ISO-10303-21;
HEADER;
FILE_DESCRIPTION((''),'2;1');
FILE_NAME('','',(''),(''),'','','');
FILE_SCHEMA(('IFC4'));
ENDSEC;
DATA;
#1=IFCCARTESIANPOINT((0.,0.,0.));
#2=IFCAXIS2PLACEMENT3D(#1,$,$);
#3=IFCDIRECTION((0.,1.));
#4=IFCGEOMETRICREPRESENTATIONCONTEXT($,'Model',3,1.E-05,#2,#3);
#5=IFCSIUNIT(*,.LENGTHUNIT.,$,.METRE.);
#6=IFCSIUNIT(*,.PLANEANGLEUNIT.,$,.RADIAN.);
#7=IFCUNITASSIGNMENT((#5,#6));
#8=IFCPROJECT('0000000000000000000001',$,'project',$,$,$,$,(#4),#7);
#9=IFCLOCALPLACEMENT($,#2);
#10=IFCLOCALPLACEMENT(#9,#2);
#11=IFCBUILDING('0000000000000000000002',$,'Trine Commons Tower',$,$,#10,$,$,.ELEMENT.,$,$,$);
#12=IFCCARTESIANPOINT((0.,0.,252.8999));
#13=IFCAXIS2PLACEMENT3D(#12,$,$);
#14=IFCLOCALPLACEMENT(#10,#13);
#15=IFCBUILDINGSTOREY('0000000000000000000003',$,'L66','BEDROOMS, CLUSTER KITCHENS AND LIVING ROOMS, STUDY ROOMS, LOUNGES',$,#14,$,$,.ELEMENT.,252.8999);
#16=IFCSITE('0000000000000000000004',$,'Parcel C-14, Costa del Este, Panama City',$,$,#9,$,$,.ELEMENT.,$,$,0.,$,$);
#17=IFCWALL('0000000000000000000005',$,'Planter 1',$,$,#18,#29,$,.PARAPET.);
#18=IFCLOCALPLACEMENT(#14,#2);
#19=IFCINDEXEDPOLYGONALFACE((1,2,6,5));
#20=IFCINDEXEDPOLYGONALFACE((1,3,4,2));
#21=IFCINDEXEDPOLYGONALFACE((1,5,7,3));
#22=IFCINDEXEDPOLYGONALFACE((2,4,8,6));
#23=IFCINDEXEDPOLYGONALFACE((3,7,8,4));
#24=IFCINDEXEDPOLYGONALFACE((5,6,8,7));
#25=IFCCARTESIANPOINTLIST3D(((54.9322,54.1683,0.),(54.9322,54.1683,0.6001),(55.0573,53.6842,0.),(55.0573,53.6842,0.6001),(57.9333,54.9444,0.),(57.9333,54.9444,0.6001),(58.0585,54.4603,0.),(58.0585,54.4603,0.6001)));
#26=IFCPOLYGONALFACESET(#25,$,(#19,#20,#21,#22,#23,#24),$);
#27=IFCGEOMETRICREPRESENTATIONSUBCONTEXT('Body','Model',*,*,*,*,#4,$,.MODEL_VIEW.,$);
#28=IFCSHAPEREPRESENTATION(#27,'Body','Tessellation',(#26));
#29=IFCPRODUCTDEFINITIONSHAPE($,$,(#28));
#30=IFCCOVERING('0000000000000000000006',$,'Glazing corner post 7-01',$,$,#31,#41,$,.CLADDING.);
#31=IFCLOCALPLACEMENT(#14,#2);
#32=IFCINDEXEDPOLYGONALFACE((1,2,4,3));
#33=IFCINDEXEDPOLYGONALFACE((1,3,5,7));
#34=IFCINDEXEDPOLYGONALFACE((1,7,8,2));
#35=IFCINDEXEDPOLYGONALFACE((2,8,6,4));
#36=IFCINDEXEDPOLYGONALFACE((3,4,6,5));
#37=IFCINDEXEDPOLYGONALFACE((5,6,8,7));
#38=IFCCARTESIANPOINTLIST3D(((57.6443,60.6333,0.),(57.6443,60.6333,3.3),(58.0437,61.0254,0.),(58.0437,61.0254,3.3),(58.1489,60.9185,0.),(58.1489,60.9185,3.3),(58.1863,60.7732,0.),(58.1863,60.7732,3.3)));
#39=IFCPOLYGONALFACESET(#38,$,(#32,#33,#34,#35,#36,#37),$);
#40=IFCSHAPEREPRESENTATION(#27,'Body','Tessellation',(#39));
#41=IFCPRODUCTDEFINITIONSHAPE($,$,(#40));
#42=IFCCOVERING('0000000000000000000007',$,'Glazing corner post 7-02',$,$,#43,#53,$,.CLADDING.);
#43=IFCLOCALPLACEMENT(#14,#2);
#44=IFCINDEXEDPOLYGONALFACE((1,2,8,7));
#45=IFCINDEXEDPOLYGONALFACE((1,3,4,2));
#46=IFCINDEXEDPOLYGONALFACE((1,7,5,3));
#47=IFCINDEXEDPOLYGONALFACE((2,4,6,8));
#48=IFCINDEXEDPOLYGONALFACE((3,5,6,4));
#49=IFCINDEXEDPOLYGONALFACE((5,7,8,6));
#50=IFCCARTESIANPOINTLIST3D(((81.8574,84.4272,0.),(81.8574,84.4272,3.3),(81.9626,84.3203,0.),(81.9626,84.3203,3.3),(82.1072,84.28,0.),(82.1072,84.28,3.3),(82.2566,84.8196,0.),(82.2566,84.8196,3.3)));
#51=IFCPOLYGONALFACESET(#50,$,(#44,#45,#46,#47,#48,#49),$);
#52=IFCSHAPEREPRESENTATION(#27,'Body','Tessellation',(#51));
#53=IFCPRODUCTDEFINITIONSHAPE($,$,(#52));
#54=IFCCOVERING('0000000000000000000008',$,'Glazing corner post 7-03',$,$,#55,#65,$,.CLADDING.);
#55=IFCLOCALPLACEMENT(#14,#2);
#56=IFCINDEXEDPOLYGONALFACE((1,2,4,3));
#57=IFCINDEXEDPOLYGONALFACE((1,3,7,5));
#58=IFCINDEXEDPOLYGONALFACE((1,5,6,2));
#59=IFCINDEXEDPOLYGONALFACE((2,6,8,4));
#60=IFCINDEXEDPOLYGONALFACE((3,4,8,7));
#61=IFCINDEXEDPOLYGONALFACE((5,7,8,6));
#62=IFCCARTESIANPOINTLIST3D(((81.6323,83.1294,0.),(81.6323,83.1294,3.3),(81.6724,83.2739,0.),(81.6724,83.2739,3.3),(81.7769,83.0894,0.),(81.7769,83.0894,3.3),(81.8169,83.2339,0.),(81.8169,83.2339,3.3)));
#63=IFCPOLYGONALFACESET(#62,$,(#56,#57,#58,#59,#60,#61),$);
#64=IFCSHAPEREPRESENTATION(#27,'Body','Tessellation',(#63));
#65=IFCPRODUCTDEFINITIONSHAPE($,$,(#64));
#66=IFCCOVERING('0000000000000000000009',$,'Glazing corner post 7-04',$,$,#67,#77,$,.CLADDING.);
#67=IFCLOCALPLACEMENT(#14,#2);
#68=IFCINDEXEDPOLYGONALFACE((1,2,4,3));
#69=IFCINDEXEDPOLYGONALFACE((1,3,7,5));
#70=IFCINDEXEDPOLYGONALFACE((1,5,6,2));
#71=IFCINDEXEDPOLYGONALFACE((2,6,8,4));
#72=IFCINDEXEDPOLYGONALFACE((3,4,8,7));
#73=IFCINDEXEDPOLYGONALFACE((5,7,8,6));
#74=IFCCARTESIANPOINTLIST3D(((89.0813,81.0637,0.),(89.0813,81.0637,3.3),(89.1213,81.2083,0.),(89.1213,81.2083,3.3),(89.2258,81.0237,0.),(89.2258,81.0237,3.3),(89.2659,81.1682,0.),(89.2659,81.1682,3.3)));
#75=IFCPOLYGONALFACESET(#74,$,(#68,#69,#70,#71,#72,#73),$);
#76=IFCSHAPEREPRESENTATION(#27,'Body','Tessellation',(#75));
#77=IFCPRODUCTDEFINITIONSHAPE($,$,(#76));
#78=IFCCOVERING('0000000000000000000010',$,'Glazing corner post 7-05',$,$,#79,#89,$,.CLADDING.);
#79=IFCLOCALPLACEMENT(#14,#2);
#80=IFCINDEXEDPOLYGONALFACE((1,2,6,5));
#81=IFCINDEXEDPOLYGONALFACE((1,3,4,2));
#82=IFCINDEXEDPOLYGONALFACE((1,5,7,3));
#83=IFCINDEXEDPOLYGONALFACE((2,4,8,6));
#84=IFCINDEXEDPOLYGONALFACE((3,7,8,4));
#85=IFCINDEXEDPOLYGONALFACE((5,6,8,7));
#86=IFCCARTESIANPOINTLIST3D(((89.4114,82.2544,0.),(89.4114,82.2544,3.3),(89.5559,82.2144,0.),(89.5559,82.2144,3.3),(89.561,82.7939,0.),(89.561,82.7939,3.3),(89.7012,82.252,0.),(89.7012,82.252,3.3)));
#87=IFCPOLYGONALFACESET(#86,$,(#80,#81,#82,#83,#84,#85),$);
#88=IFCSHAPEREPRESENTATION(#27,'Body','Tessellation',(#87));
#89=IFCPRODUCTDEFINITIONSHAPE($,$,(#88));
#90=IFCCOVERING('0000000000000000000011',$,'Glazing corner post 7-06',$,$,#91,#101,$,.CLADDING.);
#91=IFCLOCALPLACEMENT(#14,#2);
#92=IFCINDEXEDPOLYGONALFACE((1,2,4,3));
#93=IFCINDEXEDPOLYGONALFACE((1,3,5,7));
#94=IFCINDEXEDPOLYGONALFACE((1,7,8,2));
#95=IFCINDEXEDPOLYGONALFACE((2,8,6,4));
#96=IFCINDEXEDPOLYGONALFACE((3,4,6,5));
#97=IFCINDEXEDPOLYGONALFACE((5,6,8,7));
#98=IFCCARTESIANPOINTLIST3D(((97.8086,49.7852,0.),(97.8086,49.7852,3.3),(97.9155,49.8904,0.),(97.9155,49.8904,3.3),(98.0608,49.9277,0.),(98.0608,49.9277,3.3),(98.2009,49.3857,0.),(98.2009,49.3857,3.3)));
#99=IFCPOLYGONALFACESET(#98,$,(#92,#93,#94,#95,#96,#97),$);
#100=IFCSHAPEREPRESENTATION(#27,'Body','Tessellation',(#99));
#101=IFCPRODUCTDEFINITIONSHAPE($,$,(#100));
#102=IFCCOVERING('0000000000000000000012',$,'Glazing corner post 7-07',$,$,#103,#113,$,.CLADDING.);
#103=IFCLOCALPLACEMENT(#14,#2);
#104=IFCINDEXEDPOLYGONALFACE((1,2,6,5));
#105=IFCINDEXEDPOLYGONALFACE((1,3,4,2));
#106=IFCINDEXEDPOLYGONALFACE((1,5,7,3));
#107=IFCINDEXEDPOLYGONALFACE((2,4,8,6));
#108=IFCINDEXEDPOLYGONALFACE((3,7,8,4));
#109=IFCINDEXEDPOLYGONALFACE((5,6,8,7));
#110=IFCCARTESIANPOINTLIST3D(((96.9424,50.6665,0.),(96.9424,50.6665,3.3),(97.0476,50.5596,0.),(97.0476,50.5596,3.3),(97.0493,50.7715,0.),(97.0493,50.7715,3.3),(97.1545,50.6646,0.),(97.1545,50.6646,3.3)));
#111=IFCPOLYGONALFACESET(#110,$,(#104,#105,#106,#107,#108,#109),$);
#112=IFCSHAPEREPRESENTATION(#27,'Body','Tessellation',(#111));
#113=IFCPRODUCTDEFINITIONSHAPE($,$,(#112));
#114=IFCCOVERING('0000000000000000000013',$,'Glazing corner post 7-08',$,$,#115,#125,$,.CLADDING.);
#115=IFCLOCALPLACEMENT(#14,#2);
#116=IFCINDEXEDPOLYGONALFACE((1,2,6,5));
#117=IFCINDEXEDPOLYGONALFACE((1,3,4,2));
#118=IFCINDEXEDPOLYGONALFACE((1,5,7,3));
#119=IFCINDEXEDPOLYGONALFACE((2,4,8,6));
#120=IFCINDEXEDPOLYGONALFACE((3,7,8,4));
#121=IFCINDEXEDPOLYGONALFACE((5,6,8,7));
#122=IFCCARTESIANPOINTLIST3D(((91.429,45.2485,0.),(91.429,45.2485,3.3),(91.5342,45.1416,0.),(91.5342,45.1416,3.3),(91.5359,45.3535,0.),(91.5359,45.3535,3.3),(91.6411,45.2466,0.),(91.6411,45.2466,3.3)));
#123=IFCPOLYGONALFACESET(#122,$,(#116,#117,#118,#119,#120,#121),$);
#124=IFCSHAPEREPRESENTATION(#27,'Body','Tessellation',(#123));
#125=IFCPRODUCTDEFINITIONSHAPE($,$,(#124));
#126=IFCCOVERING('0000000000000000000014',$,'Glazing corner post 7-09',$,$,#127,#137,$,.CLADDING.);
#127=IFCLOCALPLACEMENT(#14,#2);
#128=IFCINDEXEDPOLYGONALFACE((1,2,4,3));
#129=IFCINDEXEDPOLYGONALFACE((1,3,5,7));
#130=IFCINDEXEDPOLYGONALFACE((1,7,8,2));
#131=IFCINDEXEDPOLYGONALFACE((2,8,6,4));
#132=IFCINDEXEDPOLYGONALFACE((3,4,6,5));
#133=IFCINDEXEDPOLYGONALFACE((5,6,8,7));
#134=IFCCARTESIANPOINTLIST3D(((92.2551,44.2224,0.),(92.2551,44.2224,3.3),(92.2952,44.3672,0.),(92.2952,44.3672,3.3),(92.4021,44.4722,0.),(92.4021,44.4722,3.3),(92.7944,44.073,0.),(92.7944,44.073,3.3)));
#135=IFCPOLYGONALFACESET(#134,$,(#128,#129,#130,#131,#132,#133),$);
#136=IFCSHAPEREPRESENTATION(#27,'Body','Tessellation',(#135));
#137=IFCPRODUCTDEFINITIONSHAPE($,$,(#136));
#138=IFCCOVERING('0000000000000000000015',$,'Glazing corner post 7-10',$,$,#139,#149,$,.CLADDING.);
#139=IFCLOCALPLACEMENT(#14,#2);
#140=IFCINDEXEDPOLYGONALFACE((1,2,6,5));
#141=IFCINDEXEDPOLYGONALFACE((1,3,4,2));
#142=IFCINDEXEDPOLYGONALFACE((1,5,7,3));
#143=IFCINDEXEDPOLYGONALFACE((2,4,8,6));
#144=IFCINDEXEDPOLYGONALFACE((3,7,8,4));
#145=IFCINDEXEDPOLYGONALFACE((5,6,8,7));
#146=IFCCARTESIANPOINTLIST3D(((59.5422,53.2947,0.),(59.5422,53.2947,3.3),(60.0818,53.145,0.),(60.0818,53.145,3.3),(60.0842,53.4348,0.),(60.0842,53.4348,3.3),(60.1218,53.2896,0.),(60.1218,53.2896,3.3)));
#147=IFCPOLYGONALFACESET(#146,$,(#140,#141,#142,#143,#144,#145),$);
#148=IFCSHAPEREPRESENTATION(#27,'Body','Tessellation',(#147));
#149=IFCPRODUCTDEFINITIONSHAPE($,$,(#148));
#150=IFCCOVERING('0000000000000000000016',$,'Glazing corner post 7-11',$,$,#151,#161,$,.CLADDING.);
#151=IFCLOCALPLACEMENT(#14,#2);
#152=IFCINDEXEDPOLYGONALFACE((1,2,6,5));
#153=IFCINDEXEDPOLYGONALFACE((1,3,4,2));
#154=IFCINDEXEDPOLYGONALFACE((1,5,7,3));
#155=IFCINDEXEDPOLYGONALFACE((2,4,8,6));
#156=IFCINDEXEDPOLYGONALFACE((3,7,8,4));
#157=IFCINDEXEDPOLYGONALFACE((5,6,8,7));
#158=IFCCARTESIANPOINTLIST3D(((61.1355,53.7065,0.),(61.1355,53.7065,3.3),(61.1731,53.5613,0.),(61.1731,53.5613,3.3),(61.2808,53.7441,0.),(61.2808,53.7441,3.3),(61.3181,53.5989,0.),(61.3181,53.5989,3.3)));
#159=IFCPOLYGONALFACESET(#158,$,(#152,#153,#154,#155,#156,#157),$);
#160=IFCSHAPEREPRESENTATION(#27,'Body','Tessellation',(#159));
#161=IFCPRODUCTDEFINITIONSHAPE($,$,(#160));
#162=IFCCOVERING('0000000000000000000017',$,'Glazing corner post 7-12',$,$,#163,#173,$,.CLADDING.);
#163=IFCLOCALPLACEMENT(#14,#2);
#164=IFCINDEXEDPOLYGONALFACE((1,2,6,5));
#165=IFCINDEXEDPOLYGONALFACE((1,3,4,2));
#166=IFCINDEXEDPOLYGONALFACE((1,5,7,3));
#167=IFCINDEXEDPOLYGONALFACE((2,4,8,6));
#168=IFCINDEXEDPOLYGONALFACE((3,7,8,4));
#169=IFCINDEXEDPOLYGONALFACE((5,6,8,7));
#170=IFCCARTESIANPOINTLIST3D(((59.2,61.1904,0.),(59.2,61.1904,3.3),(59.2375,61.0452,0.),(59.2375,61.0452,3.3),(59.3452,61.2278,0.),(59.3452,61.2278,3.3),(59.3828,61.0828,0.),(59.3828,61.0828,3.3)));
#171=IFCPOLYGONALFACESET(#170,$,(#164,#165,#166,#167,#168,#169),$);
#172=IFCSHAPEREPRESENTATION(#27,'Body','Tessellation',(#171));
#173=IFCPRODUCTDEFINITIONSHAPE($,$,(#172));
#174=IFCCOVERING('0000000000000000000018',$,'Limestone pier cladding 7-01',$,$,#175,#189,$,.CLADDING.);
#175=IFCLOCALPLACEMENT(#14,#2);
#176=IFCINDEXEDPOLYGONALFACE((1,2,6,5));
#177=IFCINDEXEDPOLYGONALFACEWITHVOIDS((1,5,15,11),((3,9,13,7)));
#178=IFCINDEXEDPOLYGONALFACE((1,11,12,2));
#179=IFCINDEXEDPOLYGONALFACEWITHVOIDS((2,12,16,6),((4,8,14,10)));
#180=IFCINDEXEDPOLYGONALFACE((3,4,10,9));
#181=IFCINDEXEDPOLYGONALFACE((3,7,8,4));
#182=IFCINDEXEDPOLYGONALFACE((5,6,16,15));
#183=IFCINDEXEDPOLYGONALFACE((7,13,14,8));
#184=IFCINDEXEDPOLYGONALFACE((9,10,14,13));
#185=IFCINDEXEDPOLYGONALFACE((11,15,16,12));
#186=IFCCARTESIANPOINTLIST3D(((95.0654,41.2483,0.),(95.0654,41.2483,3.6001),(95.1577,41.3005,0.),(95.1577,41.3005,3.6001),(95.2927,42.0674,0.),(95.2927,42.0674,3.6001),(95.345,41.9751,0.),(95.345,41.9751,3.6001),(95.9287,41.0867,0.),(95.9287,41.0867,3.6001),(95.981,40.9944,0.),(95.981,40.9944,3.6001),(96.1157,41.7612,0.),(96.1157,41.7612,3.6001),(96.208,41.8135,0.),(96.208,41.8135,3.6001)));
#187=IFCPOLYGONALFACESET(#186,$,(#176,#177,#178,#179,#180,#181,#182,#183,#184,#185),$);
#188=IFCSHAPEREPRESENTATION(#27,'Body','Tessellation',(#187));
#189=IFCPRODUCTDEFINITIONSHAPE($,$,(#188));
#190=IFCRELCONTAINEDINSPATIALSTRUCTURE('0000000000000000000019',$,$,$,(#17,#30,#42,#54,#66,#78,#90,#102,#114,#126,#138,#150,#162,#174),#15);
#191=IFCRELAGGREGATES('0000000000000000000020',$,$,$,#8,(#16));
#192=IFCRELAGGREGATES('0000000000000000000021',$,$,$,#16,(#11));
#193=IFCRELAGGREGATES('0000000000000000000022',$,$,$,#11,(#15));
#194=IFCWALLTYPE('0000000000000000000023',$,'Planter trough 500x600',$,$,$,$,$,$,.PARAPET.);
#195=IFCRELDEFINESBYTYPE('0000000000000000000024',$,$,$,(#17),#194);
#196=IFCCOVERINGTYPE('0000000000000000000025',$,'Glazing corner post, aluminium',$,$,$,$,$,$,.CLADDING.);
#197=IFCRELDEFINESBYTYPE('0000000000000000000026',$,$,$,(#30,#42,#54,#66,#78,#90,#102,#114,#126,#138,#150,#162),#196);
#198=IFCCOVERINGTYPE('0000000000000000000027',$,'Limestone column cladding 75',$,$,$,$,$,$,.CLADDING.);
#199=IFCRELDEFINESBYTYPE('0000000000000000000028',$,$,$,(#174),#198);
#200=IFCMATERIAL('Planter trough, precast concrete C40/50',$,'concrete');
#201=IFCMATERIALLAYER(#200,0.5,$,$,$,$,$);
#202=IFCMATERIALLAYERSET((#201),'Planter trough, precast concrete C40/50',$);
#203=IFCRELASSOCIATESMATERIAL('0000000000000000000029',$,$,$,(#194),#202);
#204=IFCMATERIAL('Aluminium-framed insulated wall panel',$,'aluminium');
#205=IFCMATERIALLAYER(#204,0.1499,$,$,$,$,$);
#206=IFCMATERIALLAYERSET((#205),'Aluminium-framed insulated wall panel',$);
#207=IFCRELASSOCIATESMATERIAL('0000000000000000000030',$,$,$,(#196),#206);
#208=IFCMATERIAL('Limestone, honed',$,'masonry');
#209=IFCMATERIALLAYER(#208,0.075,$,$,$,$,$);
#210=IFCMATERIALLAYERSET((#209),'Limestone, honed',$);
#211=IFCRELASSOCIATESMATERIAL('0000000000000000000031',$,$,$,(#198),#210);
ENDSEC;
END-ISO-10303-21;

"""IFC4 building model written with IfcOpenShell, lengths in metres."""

from ifc_helpers import new_model, si_unit, direction, frame, frame_2d, origin, place, context, subcontext, project, spatial, polyline, rectangle, outline, extrude, material, layer, layer_set, type_object, element, save


model = new_model("IFC4")

# Units and contexts
model_context = context("Model", 3, precision=1e-05, world=origin(), true_north=direction((0.0, 1.0)))
body_context = subcontext(model_context, "Body", "Model", "MODEL_VIEW")
ifc_project = project(units=[si_unit("LENGTHUNIT", "METRE"), si_unit("PLANEANGLEUNIT", "RADIAN")], contexts=[model_context])

# Site, building, storey
site_placement = place(None, origin())
site = spatial("IfcSite", under=ifc_project, at=site_placement, Name="Parcel C-14, Costa del Este, Panama City", CompositionType="ELEMENT", RefElevation=0.0)
building_placement = place(site_placement, origin())
building = spatial("IfcBuilding", under=site, at=building_placement, Name="Trine Commons Tower", CompositionType="ELEMENT")
storey_placement = place(building_placement, frame((0.0, 0.0, 252.8999)))
storey = spatial("IfcBuildingStorey", under=building, at=storey_placement, Name="L66", Description="BEDROOMS, CLUSTER KITCHENS AND LIVING ROOMS, STUDY ROOMS, LOUNGES", CompositionType="ELEMENT", Elevation=252.8999)

# Wall
ifc_material_1 = material(Name="Planter trough, precast concrete C40/50", Category="concrete")
ifc_layer_1 = layer(ifc_material_1, 0.5)
ifc_layer_set_1 = layer_set([ifc_layer_1], Name="Planter trough, precast concrete C40/50")
wall_type = type_object("IfcWallType", Name="Planter trough 500x600", PredefinedType="PARAPET", material=ifc_layer_set_1)
wall_placement = place(storey_placement, frame((54.9949, 53.9263, 0.0), z_axis=(0.0, 0.0, 1.0), x_axis=(0.968151, 0.250366, 0.0)))
element("IfcWall", 1, at=wall_placement, inside=storey, type_object=wall_type, Name="Planter 1", PredefinedType="PARAPET", context=body_context, shape_type="SweptSolid", body=[
    extrude(rectangle(XDim=3.0999, YDim=0.5, at=frame_2d((1.5498, 0.0))), origin(), (0.0, 0.0, 1.0), 0.6001),
])

# Coverings
ifc_material_2 = material(Name="Aluminium-framed insulated wall panel", Category="aluminium")
ifc_layer_2 = layer(ifc_material_2, 0.1499)
ifc_layer_set_2 = layer_set([ifc_layer_2], Name="Aluminium-framed insulated wall panel")
covering_type_1 = type_object("IfcCoveringType", Name="Glazing corner post, aluminium", PredefinedType="CLADDING", material=ifc_layer_set_2)
covering_1_placement = place(storey_placement, origin())
element("IfcCovering", 2, at=covering_1_placement, inside=storey, type_object=covering_type_1, Name="Glazing corner post 7-01", PredefinedType="CLADDING", context=body_context, shape_type="SweptSolid", body=[
    extrude(outline(polyline([(58.1863, 60.7732), (58.1489, 60.9185), (58.0437, 61.0254), (57.6443, 60.6333), (58.1863, 60.7732)])), origin(), (0.0, 0.0, 1.0), 3.3),
])
covering_2_placement = place(storey_placement, origin())
element("IfcCovering", 3, at=covering_2_placement, inside=storey, type_object=covering_type_1, Name="Glazing corner post 7-02", PredefinedType="CLADDING", context=body_context, shape_type="SweptSolid", body=[
    extrude(outline(polyline([(82.1072, 84.28), (82.2566, 84.8196), (81.8574, 84.4272), (81.9626, 84.3203), (82.1072, 84.28)])), origin(), (0.0, 0.0, 1.0), 3.3),
])
covering_3_placement = place(storey_placement, origin())
element("IfcCovering", 4, at=covering_3_placement, inside=storey, type_object=covering_type_1, Name="Glazing corner post 7-03", PredefinedType="CLADDING", context=body_context, shape_type="SweptSolid", body=[
    extrude(outline(polyline([(81.7769, 83.0894), (81.8169, 83.2339), (81.6724, 83.2739), (81.6323, 83.1294), (81.7769, 83.0894)])), origin(), (0.0, 0.0, 1.0), 3.3),
])
covering_4_placement = place(storey_placement, origin())
element("IfcCovering", 5, at=covering_4_placement, inside=storey, type_object=covering_type_1, Name="Glazing corner post 7-04", PredefinedType="CLADDING", context=body_context, shape_type="SweptSolid", body=[
    extrude(outline(polyline([(89.0813, 81.0637), (89.2258, 81.0237), (89.2659, 81.1682), (89.1213, 81.2083), (89.0813, 81.0637)])), origin(), (0.0, 0.0, 1.0), 3.3),
])
covering_5_placement = place(storey_placement, origin())
element("IfcCovering", 6, at=covering_5_placement, inside=storey, type_object=covering_type_1, Name="Glazing corner post 7-05", PredefinedType="CLADDING", context=body_context, shape_type="SweptSolid", body=[
    extrude(outline(polyline([(89.4114, 82.2544), (89.5559, 82.2144), (89.7012, 82.252), (89.561, 82.7939), (89.4114, 82.2544)])), origin(), (0.0, 0.0, 1.0), 3.3),
])
covering_6_placement = place(storey_placement, origin())
element("IfcCovering", 7, at=covering_6_placement, inside=storey, type_object=covering_type_1, Name="Glazing corner post 7-06", PredefinedType="CLADDING", context=body_context, shape_type="SweptSolid", body=[
    extrude(outline(polyline([(97.8086, 49.7852), (98.2009, 49.3857), (98.0608, 49.9277), (97.9155, 49.8904), (97.9155, 49.8904), (97.8086, 49.7852)])), origin(), (0.0, 0.0, 1.0), 3.3),
])
covering_7_placement = place(storey_placement, origin())
element("IfcCovering", 8, at=covering_7_placement, inside=storey, type_object=covering_type_1, Name="Glazing corner post 7-07", PredefinedType="CLADDING", context=body_context, shape_type="SweptSolid", body=[
    extrude(outline(polyline([(96.9424, 50.6665), (97.0476, 50.5596), (97.1545, 50.6646), (97.0493, 50.7715), (96.9424, 50.6665)])), origin(), (0.0, 0.0, 1.0), 3.3),
])
covering_8_placement = place(storey_placement, origin())
element("IfcCovering", 9, at=covering_8_placement, inside=storey, type_object=covering_type_1, Name="Glazing corner post 7-08", PredefinedType="CLADDING", context=body_context, shape_type="SweptSolid", body=[
    extrude(outline(polyline([(91.5342, 45.1416), (91.6411, 45.2466), (91.5359, 45.3535), (91.429, 45.2485), (91.5342, 45.1416)])), origin(), (0.0, 0.0, 1.0), 3.3),
])
covering_9_placement = place(storey_placement, origin())
element("IfcCovering", 10, at=covering_9_placement, inside=storey, type_object=covering_type_1, Name="Glazing corner post 7-09", PredefinedType="CLADDING", context=body_context, shape_type="SweptSolid", body=[
    extrude(outline(polyline([(92.2551, 44.2224), (92.7944, 44.073), (92.4021, 44.4722), (92.2952, 44.3672), (92.2551, 44.2224)])), origin(), (0.0, 0.0, 1.0), 3.3),
])
covering_10_placement = place(storey_placement, origin())
element("IfcCovering", 11, at=covering_10_placement, inside=storey, type_object=covering_type_1, Name="Glazing corner post 7-10", PredefinedType="CLADDING", context=body_context, shape_type="SweptSolid", body=[
    extrude(outline(polyline([(60.0818, 53.145), (60.1218, 53.2896), (60.0842, 53.4348), (59.5422, 53.2947), (60.0818, 53.145)])), origin(), (0.0, 0.0, 1.0), 3.3),
])
covering_11_placement = place(storey_placement, origin())
element("IfcCovering", 12, at=covering_11_placement, inside=storey, type_object=covering_type_1, Name="Glazing corner post 7-11", PredefinedType="CLADDING", context=body_context, shape_type="SweptSolid", body=[
    extrude(outline(polyline([(61.1355, 53.7065), (61.1355, 53.7065), (61.1731, 53.5613), (61.3181, 53.5989), (61.2808, 53.7441), (61.1355, 53.7065)])), origin(), (0.0, 0.0, 1.0), 3.3),
])
covering_12_placement = place(storey_placement, origin())
element("IfcCovering", 13, at=covering_12_placement, inside=storey, type_object=covering_type_1, Name="Glazing corner post 7-12", PredefinedType="CLADDING", context=body_context, shape_type="SweptSolid", body=[
    extrude(outline(polyline([(59.2, 61.1904), (59.2375, 61.0452), (59.3828, 61.0828), (59.3452, 61.2278), (59.2, 61.1904)])), origin(), (0.0, 0.0, 1.0), 3.3),
])
ifc_material_3 = material(Name="Limestone, honed", Category="masonry")
ifc_layer_3 = layer(ifc_material_3, 0.075)
ifc_layer_set_3 = layer_set([ifc_layer_3], Name="Limestone, honed")
covering_type_2 = type_object("IfcCoveringType", Name="Limestone column cladding 75", PredefinedType="CLADDING", material=ifc_layer_set_3)
covering_13_placement = place(storey_placement, origin())
element("IfcCovering", 14, at=covering_13_placement, inside=storey, type_object=covering_type_2, Name="Limestone pier cladding 7-01", PredefinedType="CLADDING", context=body_context, shape_type="SweptSolid", body=[
    extrude(outline(polyline([(95.2927, 42.0674), (95.0654, 41.2483), (95.981, 40.9944), (96.208, 41.8135), (95.2927, 42.0674)]), holes=[polyline([(95.345, 41.9751), (95.1577, 41.3005), (95.9287, 41.0867), (96.1157, 41.7612), (95.345, 41.9751)])]), origin(), (0.0, 0.0, 1.0), 3.6001),
])

save(model, "model.ifc")
